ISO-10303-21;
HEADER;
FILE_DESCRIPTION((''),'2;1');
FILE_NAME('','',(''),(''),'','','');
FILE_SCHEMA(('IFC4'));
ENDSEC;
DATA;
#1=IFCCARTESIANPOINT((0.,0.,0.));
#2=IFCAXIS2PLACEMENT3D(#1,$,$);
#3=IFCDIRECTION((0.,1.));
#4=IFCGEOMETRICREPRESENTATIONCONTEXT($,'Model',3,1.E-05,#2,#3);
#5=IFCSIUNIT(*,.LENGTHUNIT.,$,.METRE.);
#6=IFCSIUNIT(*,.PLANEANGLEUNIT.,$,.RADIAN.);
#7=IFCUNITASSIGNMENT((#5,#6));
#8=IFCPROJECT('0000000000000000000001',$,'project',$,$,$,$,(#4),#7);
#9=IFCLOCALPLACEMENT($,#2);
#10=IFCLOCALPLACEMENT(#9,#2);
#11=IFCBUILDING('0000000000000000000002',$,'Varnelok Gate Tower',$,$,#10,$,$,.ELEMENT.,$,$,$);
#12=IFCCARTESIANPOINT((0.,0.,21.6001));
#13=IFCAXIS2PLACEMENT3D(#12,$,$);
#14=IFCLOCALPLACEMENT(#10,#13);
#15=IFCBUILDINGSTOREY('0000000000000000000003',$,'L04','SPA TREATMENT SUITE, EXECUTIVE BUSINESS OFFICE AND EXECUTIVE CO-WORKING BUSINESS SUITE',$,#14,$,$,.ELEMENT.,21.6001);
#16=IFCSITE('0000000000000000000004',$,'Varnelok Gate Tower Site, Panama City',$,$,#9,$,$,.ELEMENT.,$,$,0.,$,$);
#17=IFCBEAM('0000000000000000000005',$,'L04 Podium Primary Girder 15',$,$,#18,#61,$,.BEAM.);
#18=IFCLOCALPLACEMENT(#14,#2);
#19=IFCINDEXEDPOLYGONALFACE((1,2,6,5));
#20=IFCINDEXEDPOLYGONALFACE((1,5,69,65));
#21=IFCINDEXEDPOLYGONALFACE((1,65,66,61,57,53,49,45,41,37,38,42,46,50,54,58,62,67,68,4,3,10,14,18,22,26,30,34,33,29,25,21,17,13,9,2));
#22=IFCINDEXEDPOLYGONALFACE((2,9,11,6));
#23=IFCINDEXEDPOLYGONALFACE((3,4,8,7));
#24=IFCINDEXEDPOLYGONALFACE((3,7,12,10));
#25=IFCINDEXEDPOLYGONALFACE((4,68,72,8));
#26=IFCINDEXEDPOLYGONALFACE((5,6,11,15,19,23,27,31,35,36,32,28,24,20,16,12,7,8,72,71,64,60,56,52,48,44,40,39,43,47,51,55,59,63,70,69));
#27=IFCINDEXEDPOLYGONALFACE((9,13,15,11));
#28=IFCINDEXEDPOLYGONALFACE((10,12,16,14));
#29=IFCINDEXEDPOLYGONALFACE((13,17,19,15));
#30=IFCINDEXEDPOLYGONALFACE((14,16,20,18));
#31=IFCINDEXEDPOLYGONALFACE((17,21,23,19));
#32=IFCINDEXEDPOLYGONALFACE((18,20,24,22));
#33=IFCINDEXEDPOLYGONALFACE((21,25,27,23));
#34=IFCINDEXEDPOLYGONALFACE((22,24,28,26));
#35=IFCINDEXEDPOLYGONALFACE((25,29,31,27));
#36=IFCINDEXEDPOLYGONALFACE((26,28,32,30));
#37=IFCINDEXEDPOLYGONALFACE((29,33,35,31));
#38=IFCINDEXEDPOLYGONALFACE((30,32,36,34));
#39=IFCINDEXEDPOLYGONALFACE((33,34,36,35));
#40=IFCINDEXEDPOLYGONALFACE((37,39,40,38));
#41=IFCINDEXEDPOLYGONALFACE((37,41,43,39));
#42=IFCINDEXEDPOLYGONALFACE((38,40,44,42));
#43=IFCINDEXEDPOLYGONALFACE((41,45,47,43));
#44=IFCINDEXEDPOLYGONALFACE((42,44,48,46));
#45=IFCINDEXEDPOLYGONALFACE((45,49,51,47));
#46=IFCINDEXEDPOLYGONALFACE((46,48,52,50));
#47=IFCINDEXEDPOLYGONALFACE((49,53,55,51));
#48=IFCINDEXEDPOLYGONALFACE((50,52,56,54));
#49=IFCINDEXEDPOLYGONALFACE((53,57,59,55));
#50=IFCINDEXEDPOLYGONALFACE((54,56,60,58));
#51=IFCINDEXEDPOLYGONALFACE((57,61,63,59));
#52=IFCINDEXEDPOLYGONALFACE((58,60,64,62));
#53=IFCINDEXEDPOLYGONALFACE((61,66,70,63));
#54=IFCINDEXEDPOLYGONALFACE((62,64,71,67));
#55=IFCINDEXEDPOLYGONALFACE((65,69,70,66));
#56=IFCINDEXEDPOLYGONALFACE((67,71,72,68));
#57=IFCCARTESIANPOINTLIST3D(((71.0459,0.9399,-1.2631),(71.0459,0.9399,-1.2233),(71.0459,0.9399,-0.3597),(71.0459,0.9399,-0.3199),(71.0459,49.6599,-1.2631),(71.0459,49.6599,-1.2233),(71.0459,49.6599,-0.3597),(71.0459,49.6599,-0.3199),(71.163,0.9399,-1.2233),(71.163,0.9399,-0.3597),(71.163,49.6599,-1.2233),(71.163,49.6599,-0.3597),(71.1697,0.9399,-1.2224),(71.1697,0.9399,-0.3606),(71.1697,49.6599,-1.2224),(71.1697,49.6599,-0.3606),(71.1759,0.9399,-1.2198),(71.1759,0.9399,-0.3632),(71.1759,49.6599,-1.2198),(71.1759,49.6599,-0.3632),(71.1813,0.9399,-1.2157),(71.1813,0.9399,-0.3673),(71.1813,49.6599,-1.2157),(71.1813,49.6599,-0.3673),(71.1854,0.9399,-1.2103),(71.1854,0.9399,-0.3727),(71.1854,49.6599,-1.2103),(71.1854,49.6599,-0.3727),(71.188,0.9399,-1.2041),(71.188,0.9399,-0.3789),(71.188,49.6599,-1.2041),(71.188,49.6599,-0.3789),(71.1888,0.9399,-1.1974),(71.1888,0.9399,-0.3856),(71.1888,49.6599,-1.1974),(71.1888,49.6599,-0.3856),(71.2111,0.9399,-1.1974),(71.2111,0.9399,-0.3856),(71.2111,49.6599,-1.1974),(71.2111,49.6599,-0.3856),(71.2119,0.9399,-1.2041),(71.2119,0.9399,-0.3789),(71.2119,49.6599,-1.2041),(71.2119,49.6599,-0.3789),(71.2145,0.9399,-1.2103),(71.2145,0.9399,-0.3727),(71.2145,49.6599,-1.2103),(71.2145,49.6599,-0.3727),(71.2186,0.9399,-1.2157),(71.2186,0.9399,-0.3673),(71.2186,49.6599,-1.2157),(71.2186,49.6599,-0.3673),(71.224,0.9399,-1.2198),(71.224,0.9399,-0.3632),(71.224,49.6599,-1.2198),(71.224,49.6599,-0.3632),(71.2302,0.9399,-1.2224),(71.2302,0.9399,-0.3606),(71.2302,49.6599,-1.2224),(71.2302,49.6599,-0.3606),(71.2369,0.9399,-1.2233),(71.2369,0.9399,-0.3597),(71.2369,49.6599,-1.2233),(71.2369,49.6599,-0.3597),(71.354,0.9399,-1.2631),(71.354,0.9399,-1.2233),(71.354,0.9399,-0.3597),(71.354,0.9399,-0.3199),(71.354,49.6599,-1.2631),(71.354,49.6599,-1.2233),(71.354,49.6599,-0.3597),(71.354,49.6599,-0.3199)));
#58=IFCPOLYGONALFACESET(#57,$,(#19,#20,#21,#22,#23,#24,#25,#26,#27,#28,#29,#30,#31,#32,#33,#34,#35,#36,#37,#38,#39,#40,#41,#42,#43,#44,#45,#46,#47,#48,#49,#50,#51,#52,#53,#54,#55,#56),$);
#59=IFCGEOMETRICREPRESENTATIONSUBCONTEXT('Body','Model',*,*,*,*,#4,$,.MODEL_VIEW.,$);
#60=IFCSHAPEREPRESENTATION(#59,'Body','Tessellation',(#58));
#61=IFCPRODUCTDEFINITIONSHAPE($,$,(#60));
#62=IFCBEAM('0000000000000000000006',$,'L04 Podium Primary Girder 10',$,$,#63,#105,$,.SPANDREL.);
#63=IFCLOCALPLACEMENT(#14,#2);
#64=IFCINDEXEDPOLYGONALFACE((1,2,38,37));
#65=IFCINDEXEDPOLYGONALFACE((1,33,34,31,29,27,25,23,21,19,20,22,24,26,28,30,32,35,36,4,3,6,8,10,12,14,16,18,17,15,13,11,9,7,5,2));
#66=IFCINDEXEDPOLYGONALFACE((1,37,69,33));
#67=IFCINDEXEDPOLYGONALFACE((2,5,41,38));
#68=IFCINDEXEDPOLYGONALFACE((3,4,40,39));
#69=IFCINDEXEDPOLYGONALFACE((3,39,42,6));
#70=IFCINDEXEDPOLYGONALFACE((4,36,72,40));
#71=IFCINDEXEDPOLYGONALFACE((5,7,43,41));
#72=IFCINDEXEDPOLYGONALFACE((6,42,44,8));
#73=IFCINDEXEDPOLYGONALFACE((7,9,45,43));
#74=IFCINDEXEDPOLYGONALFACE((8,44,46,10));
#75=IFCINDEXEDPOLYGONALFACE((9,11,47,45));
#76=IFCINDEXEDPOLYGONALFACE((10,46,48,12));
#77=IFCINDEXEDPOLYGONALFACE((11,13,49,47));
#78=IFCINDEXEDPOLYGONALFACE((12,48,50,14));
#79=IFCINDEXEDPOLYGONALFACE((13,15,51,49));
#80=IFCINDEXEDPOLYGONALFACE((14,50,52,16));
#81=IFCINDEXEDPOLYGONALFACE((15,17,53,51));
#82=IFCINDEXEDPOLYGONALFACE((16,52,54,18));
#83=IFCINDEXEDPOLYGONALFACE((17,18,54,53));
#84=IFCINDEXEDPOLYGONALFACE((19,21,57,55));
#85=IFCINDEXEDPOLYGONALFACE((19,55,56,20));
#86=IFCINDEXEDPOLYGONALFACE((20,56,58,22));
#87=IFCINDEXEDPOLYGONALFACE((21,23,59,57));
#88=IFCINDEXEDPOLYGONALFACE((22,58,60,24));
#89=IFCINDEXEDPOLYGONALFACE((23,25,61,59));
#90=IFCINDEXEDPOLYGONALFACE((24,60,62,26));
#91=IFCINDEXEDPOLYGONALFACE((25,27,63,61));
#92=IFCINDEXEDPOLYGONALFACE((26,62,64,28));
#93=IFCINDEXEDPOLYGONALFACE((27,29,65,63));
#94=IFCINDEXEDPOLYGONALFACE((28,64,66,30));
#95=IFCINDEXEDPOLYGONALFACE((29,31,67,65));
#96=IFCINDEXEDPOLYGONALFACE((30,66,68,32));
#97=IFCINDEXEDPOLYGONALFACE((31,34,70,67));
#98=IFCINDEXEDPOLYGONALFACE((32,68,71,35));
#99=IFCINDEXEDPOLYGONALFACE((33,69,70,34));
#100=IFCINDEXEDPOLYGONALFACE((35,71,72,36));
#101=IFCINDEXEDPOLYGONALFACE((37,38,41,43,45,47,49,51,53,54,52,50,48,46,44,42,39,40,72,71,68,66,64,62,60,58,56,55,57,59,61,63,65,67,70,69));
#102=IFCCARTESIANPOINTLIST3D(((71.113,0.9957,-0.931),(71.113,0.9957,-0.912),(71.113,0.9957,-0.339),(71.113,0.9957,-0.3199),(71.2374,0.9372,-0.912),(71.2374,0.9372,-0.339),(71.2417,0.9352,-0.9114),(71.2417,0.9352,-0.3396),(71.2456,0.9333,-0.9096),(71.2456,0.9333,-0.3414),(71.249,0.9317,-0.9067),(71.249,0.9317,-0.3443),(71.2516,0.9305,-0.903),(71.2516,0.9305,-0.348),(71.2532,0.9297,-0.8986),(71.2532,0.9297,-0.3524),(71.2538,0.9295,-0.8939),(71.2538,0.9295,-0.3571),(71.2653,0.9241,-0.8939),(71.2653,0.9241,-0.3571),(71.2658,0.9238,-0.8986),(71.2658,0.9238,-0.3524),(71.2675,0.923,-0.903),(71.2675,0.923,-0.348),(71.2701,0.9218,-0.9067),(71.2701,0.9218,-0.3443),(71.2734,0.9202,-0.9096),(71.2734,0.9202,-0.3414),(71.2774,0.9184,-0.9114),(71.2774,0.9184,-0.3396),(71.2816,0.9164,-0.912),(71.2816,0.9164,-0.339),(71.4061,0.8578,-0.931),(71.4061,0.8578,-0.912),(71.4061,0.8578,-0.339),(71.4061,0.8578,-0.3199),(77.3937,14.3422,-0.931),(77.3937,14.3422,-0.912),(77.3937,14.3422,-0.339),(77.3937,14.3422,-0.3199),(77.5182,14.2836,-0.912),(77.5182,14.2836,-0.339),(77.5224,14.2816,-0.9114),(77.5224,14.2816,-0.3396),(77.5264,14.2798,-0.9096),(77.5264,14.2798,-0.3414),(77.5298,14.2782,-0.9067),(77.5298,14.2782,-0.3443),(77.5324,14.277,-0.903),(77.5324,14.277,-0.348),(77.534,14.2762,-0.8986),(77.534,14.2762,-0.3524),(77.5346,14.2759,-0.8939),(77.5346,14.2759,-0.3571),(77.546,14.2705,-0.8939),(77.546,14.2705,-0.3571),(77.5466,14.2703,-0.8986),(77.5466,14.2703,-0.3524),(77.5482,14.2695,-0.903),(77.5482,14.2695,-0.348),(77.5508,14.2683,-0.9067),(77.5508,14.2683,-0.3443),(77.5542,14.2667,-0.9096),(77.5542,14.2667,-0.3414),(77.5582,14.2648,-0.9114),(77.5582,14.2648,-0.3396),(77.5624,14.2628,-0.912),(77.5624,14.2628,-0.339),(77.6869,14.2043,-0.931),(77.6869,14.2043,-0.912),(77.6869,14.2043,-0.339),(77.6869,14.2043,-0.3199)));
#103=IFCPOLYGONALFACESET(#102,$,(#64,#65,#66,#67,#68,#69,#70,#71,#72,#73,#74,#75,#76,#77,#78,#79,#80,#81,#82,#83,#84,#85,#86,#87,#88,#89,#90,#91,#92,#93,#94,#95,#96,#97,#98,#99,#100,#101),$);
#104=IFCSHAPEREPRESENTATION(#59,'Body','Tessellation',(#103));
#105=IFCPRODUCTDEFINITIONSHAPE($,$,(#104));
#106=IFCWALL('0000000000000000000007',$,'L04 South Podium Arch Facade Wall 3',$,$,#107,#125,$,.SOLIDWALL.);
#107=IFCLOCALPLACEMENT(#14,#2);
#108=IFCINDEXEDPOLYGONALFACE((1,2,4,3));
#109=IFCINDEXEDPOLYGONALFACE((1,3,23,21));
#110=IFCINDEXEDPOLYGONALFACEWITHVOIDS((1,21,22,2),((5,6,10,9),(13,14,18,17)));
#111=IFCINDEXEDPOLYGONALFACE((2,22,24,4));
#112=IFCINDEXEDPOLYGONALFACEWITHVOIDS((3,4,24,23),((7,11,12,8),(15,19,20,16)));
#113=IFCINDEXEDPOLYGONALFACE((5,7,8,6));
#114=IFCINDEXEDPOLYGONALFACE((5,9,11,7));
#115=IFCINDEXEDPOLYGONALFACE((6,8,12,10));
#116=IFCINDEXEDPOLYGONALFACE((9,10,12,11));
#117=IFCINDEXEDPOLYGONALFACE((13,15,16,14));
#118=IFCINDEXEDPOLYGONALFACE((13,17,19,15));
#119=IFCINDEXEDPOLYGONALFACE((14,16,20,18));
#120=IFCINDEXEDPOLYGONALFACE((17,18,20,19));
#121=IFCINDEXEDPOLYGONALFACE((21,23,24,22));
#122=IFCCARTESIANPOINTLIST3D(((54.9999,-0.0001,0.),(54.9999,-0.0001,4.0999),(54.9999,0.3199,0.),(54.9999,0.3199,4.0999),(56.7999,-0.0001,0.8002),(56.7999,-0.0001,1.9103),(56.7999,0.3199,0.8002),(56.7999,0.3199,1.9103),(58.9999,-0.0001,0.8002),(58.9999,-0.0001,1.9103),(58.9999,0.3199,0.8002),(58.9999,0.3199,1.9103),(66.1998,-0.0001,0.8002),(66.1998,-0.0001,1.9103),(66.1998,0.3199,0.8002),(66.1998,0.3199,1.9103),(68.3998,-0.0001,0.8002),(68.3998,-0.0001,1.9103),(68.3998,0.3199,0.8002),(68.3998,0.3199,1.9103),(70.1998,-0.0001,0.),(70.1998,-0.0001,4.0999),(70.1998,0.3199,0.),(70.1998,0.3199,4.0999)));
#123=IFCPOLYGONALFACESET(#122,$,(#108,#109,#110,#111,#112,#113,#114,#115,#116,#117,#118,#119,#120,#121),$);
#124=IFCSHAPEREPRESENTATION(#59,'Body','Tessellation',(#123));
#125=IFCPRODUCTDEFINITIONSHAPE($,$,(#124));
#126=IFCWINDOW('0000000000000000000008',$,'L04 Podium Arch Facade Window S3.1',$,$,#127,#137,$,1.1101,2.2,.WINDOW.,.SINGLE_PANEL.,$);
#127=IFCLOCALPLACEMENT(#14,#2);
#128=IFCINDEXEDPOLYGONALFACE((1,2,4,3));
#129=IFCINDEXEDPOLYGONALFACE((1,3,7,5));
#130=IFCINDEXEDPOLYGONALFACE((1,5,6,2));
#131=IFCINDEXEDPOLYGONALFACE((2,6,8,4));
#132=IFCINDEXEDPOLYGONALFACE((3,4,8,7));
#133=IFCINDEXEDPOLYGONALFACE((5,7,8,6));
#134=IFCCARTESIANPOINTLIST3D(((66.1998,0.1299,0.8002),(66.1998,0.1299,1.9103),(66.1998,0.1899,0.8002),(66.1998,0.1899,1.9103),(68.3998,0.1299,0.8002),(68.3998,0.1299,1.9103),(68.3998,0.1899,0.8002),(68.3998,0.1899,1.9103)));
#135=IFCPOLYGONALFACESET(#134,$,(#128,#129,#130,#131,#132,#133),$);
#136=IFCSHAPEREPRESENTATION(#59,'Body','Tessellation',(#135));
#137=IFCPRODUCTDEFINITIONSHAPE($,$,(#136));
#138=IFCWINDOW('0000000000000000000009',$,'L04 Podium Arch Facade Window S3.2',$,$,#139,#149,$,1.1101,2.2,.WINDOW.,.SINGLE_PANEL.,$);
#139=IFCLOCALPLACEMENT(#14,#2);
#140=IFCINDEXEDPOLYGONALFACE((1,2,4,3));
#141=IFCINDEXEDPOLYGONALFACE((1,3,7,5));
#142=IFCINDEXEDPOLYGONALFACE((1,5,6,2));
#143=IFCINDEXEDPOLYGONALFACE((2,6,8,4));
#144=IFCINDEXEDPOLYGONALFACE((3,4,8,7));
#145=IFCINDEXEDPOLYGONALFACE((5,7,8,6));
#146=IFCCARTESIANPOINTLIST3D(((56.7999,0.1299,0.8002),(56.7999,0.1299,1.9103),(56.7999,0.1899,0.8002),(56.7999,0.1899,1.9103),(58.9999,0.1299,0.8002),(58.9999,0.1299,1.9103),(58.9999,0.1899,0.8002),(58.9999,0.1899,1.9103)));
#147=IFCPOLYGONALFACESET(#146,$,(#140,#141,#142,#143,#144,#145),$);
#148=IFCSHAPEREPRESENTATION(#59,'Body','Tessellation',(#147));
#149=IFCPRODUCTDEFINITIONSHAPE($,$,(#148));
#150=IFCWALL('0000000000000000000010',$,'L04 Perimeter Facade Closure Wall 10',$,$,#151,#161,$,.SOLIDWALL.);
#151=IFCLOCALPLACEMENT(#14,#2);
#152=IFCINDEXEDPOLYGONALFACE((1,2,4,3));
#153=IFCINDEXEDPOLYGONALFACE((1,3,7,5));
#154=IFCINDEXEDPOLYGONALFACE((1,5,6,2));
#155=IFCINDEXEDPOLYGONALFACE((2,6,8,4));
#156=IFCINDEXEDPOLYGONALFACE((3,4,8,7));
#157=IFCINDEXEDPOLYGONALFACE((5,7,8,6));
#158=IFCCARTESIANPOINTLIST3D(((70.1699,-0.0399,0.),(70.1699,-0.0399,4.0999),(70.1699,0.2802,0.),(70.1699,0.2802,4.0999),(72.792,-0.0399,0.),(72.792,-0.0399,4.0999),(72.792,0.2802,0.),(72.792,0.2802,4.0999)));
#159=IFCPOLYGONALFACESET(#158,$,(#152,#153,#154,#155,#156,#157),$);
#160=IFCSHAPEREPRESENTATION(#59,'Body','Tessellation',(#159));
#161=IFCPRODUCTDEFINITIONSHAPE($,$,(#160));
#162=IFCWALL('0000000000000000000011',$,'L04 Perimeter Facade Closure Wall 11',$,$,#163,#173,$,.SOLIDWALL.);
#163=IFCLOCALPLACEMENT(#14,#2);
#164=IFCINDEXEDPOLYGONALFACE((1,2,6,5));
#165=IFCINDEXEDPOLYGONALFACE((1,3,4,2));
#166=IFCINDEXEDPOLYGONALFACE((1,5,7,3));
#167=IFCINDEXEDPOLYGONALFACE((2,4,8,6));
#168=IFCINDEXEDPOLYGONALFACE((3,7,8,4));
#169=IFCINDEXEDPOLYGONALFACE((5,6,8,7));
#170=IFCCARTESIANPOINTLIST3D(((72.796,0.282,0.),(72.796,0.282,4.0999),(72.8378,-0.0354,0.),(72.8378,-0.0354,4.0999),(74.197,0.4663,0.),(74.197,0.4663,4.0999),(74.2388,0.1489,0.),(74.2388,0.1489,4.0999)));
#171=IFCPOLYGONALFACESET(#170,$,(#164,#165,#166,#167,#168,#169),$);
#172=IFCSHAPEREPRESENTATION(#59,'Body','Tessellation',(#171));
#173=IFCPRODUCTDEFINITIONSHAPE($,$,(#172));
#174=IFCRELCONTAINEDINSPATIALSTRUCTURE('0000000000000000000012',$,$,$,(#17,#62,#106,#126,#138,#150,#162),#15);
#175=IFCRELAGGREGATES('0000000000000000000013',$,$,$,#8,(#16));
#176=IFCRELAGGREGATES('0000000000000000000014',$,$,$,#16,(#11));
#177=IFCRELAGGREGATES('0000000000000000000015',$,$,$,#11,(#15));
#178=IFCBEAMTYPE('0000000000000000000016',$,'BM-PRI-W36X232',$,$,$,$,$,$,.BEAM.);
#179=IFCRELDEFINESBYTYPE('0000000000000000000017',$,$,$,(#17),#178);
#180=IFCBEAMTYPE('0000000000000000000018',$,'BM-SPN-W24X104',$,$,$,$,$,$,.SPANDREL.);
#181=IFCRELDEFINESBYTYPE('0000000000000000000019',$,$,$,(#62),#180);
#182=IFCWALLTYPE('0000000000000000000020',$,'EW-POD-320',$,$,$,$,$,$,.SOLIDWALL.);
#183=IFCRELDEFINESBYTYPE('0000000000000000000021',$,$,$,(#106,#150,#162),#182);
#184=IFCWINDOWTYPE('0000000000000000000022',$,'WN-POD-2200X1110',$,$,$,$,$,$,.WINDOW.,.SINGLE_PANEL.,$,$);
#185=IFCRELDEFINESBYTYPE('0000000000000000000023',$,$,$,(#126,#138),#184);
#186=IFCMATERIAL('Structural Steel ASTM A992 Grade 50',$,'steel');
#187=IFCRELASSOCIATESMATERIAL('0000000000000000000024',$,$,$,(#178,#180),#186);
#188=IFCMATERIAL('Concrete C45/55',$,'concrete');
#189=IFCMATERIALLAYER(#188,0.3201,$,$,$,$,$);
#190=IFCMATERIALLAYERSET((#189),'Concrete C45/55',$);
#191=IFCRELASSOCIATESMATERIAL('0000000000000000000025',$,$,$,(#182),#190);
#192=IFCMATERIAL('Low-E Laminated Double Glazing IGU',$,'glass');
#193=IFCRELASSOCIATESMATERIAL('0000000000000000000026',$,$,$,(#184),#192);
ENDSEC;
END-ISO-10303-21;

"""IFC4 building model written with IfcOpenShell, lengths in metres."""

from ifc_helpers import new_model, si_unit, direction, frame, frame_2d, origin, origin_2d, place, context, subcontext, project, spatial, rectangle, i_section, extrude, material, layer, layer_set, material_profile, profile_set, type_object, element, fill, save


model = new_model("IFC4")

# Units and contexts
model_context = context("Model", 3, precision=1e-05, world=origin(), true_north=direction((0.0, 1.0)))
body_context = subcontext(model_context, "Body", "Model", "MODEL_VIEW")
ifc_project = project(units=[si_unit("LENGTHUNIT", "METRE"), si_unit("PLANEANGLEUNIT", "RADIAN")], contexts=[model_context])

# Site, building, storey
site_placement = place(None, origin())
site = spatial("IfcSite", under=ifc_project, at=site_placement, Name="Varnelok Gate Tower Site, Panama City", CompositionType="ELEMENT", RefElevation=0.0)
building_placement = place(site_placement, origin())
building = spatial("IfcBuilding", under=site, at=building_placement, Name="Varnelok Gate Tower", CompositionType="ELEMENT")
storey_placement = place(building_placement, frame((0.0, 0.0, 21.6001)))
storey = spatial("IfcBuildingStorey", under=building, at=storey_placement, Name="L04", Description="SPA TREATMENT SUITE, EXECUTIVE BUSINESS OFFICE AND EXECUTIVE CO-WORKING BUSINESS SUITE", CompositionType="ELEMENT", Elevation=21.6001)

# Beams
ifc_material_1 = material(Name="Structural Steel ASTM A992 Grade 50", Category="steel")
ifc_material_profile_1 = material_profile(ifc_material_1, i_section(OverallWidth=0.3081, OverallDepth=0.9431, WebThickness=0.0222, FlangeThickness=0.0398, FilletRadius=0.0259, at=origin_2d()), Name="W36X232")
ifc_profile_set_1 = profile_set([ifc_material_profile_1], Name="Structural Steel ASTM A992 Grade 50")
beam_type_1 = type_object("IfcBeamType", Name="BM-PRI-W36X232", PredefinedType="BEAM", material=ifc_profile_set_1)
beam_1_placement = place(storey_placement, frame((71.2, 0.9399, -0.7915), z_axis=(0.0, 1.0, 0.0), x_axis=(-1.0, 0.0, 0.0)))
element("IfcBeam", 1, at=beam_1_placement, inside=storey, type_object=beam_type_1, Name="L04 Podium Primary Girder 15", PredefinedType="BEAM", context=body_context, shape_type="SweptSolid", body=[
    extrude(i_section(OverallWidth=0.3081, OverallDepth=0.9431, WebThickness=0.0222, FlangeThickness=0.0398, FilletRadius=0.0259, at=origin_2d()), origin(), (0.0, 0.0, 1.0), 48.72),
])
ifc_material_profile_2 = material_profile(ifc_material_1, i_section(OverallWidth=0.324, OverallDepth=0.6111, WebThickness=0.0127, FlangeThickness=0.019, FilletRadius=0.0181, at=origin_2d()), Name="W24X104")
ifc_profile_set_2 = profile_set([ifc_material_profile_2], Name="Structural Steel ASTM A992 Grade 50")
beam_type_2 = type_object("IfcBeamType", Name="BM-SPN-W24X104", PredefinedType="SPANDREL", material=ifc_profile_set_2)
beam_2_placement = place(storey_placement, frame((71.2595, 0.9268, -0.6255), z_axis=(0.425802, 0.904816, 0.0), x_axis=(-0.904816, 0.425802, 0.0)))
element("IfcBeam", 2, at=beam_2_placement, inside=storey, type_object=beam_type_2, Name="L04 Podium Primary Girder 10", PredefinedType="SPANDREL", context=body_context, shape_type="SweptSolid", body=[
    extrude(i_section(OverallWidth=0.324, OverallDepth=0.6111, WebThickness=0.0127, FlangeThickness=0.019, FilletRadius=0.0181, at=origin_2d()), origin(), (0.0, 0.0, 1.0), 14.7505),
])

# Wall, openings, windows
ifc_material_2 = material(Name="Concrete C45/55", Category="concrete")
ifc_layer_1 = layer(ifc_material_2, 0.3201)
ifc_layer_set_1 = layer_set([ifc_layer_1], Name="Concrete C45/55")
wall_type_1 = type_object("IfcWallType", Name="EW-POD-320", PredefinedType="SOLIDWALL", material=ifc_layer_set_1)
wall_1_placement = place(storey_placement, frame((70.2, 0.1599, 0.0), z_axis=(0.0, 0.0, 1.0), x_axis=(-1.0, 0.0, 0.0)))
wall_1 = element("IfcWall", 3, at=wall_1_placement, inside=storey, type_object=wall_type_1, Name="L04 South Podium Arch Facade Wall 3", PredefinedType="SOLIDWALL", context=body_context, shape_type="SweptSolid", body=[
    extrude(rectangle(XDim=15.2, YDim=0.3201, at=frame_2d((7.6001, 0.0))), origin(), (0.0, 0.0, 1.0), 4.0999),
])
opening_1_placement = place(wall_1_placement, frame((1.8, 0.0, 0.8)))
opening_1 = element("IfcOpeningElement", 4, at=opening_1_placement, cuts=wall_1, PredefinedType="OPENING", context=body_context, shape_type="SweptSolid", body=[
    extrude(rectangle(XDim=2.2, YDim=1.1101, at=frame_2d((1.1001, 0.5552))), frame((0.0, 0.1699, 0.0), z_axis=(0.0, -1.0, 0.0), x_axis=(1.0, 0.0, 0.0)), (0.0, 0.0, 1.0), 0.3401),
])
opening_2_placement = place(wall_1_placement, frame((11.2, 0.0, 0.8)))
opening_2 = element("IfcOpeningElement", 5, at=opening_2_placement, cuts=wall_1, PredefinedType="OPENING", context=body_context, shape_type="SweptSolid", body=[
    extrude(rectangle(XDim=2.2, YDim=1.1101, at=frame_2d((1.1001, 0.5552))), frame((0.0, 0.1699, 0.0), z_axis=(0.0, -1.0, 0.0), x_axis=(1.0, 0.0, 0.0)), (0.0, 0.0, 1.0), 0.3401),
])
ifc_material_3 = material(Name="Low-E Laminated Double Glazing IGU", Category="glass")
window_type_1 = type_object("IfcWindowType", Name="WN-POD-2200X1110", PartitioningType="SINGLE_PANEL", PredefinedType="WINDOW", material=ifc_material_3)
window_1_placement = place(opening_1_placement, origin())
window_1 = element("IfcWindow", 6, at=window_1_placement, inside=storey, type_object=window_type_1, Name="L04 Podium Arch Facade Window S3.1", OverallHeight=1.1101, OverallWidth=2.2, PartitioningType="SINGLE_PANEL", PredefinedType="WINDOW", context=body_context, shape_type="SweptSolid", body=[
    extrude(rectangle(XDim=2.2, YDim=1.1101, at=frame_2d((1.1001, 0.5552))), frame((0.0, 0.03, 0.0), z_axis=(0.0, -1.0, 0.0), x_axis=(1.0, 0.0, 0.0)), (0.0, 0.0, 1.0), 0.0601),
])
fill(opening_1, window_1)
window_2_placement = place(opening_2_placement, origin())
window_2 = element("IfcWindow", 7, at=window_2_placement, inside=storey, type_object=window_type_1, Name="L04 Podium Arch Facade Window S3.2", OverallHeight=1.1101, OverallWidth=2.2, PartitioningType="SINGLE_PANEL", PredefinedType="WINDOW", context=body_context, shape_type="SweptSolid", body=[
    extrude(rectangle(XDim=2.2, YDim=1.1101, at=frame_2d((1.1001, 0.5552))), frame((0.0, 0.03, 0.0), z_axis=(0.0, -1.0, 0.0), x_axis=(1.0, 0.0, 0.0)), (0.0, 0.0, 1.0), 0.0601),
])
fill(opening_2, window_2)

# Walls
wall_2_placement = place(storey_placement, frame((70.1699, 0.1201, 0.0), z_axis=(0.0, 0.0, 1.0), x_axis=(1.0, 0.0, 0.0)))
element("IfcWall", 8, at=wall_2_placement, inside=storey, type_object=wall_type_1, Name="L04 Perimeter Facade Closure Wall 10", PredefinedType="SOLIDWALL", context=body_context, shape_type="SweptSolid", body=[
    extrude(rectangle(XDim=2.6221, YDim=0.3201, at=frame_2d((1.311, 0.0))), origin(), (0.0, 0.0, 1.0), 4.0999),
])
wall_3_placement = place(storey_placement, frame((72.8169, 0.1233, 0.0), z_axis=(0.0, 0.0, 1.0), x_axis=(0.991457, 0.130432, 0.0)))
element("IfcWall", 9, at=wall_3_placement, inside=storey, type_object=wall_type_1, Name="L04 Perimeter Facade Closure Wall 11", PredefinedType="SOLIDWALL", context=body_context, shape_type="SweptSolid", body=[
    extrude(rectangle(XDim=1.4131, YDim=0.3201, at=frame_2d((0.7065, 0.0))), origin(), (0.0, 0.0, 1.0), 4.0999),
])

save(model, "model.ifc")
